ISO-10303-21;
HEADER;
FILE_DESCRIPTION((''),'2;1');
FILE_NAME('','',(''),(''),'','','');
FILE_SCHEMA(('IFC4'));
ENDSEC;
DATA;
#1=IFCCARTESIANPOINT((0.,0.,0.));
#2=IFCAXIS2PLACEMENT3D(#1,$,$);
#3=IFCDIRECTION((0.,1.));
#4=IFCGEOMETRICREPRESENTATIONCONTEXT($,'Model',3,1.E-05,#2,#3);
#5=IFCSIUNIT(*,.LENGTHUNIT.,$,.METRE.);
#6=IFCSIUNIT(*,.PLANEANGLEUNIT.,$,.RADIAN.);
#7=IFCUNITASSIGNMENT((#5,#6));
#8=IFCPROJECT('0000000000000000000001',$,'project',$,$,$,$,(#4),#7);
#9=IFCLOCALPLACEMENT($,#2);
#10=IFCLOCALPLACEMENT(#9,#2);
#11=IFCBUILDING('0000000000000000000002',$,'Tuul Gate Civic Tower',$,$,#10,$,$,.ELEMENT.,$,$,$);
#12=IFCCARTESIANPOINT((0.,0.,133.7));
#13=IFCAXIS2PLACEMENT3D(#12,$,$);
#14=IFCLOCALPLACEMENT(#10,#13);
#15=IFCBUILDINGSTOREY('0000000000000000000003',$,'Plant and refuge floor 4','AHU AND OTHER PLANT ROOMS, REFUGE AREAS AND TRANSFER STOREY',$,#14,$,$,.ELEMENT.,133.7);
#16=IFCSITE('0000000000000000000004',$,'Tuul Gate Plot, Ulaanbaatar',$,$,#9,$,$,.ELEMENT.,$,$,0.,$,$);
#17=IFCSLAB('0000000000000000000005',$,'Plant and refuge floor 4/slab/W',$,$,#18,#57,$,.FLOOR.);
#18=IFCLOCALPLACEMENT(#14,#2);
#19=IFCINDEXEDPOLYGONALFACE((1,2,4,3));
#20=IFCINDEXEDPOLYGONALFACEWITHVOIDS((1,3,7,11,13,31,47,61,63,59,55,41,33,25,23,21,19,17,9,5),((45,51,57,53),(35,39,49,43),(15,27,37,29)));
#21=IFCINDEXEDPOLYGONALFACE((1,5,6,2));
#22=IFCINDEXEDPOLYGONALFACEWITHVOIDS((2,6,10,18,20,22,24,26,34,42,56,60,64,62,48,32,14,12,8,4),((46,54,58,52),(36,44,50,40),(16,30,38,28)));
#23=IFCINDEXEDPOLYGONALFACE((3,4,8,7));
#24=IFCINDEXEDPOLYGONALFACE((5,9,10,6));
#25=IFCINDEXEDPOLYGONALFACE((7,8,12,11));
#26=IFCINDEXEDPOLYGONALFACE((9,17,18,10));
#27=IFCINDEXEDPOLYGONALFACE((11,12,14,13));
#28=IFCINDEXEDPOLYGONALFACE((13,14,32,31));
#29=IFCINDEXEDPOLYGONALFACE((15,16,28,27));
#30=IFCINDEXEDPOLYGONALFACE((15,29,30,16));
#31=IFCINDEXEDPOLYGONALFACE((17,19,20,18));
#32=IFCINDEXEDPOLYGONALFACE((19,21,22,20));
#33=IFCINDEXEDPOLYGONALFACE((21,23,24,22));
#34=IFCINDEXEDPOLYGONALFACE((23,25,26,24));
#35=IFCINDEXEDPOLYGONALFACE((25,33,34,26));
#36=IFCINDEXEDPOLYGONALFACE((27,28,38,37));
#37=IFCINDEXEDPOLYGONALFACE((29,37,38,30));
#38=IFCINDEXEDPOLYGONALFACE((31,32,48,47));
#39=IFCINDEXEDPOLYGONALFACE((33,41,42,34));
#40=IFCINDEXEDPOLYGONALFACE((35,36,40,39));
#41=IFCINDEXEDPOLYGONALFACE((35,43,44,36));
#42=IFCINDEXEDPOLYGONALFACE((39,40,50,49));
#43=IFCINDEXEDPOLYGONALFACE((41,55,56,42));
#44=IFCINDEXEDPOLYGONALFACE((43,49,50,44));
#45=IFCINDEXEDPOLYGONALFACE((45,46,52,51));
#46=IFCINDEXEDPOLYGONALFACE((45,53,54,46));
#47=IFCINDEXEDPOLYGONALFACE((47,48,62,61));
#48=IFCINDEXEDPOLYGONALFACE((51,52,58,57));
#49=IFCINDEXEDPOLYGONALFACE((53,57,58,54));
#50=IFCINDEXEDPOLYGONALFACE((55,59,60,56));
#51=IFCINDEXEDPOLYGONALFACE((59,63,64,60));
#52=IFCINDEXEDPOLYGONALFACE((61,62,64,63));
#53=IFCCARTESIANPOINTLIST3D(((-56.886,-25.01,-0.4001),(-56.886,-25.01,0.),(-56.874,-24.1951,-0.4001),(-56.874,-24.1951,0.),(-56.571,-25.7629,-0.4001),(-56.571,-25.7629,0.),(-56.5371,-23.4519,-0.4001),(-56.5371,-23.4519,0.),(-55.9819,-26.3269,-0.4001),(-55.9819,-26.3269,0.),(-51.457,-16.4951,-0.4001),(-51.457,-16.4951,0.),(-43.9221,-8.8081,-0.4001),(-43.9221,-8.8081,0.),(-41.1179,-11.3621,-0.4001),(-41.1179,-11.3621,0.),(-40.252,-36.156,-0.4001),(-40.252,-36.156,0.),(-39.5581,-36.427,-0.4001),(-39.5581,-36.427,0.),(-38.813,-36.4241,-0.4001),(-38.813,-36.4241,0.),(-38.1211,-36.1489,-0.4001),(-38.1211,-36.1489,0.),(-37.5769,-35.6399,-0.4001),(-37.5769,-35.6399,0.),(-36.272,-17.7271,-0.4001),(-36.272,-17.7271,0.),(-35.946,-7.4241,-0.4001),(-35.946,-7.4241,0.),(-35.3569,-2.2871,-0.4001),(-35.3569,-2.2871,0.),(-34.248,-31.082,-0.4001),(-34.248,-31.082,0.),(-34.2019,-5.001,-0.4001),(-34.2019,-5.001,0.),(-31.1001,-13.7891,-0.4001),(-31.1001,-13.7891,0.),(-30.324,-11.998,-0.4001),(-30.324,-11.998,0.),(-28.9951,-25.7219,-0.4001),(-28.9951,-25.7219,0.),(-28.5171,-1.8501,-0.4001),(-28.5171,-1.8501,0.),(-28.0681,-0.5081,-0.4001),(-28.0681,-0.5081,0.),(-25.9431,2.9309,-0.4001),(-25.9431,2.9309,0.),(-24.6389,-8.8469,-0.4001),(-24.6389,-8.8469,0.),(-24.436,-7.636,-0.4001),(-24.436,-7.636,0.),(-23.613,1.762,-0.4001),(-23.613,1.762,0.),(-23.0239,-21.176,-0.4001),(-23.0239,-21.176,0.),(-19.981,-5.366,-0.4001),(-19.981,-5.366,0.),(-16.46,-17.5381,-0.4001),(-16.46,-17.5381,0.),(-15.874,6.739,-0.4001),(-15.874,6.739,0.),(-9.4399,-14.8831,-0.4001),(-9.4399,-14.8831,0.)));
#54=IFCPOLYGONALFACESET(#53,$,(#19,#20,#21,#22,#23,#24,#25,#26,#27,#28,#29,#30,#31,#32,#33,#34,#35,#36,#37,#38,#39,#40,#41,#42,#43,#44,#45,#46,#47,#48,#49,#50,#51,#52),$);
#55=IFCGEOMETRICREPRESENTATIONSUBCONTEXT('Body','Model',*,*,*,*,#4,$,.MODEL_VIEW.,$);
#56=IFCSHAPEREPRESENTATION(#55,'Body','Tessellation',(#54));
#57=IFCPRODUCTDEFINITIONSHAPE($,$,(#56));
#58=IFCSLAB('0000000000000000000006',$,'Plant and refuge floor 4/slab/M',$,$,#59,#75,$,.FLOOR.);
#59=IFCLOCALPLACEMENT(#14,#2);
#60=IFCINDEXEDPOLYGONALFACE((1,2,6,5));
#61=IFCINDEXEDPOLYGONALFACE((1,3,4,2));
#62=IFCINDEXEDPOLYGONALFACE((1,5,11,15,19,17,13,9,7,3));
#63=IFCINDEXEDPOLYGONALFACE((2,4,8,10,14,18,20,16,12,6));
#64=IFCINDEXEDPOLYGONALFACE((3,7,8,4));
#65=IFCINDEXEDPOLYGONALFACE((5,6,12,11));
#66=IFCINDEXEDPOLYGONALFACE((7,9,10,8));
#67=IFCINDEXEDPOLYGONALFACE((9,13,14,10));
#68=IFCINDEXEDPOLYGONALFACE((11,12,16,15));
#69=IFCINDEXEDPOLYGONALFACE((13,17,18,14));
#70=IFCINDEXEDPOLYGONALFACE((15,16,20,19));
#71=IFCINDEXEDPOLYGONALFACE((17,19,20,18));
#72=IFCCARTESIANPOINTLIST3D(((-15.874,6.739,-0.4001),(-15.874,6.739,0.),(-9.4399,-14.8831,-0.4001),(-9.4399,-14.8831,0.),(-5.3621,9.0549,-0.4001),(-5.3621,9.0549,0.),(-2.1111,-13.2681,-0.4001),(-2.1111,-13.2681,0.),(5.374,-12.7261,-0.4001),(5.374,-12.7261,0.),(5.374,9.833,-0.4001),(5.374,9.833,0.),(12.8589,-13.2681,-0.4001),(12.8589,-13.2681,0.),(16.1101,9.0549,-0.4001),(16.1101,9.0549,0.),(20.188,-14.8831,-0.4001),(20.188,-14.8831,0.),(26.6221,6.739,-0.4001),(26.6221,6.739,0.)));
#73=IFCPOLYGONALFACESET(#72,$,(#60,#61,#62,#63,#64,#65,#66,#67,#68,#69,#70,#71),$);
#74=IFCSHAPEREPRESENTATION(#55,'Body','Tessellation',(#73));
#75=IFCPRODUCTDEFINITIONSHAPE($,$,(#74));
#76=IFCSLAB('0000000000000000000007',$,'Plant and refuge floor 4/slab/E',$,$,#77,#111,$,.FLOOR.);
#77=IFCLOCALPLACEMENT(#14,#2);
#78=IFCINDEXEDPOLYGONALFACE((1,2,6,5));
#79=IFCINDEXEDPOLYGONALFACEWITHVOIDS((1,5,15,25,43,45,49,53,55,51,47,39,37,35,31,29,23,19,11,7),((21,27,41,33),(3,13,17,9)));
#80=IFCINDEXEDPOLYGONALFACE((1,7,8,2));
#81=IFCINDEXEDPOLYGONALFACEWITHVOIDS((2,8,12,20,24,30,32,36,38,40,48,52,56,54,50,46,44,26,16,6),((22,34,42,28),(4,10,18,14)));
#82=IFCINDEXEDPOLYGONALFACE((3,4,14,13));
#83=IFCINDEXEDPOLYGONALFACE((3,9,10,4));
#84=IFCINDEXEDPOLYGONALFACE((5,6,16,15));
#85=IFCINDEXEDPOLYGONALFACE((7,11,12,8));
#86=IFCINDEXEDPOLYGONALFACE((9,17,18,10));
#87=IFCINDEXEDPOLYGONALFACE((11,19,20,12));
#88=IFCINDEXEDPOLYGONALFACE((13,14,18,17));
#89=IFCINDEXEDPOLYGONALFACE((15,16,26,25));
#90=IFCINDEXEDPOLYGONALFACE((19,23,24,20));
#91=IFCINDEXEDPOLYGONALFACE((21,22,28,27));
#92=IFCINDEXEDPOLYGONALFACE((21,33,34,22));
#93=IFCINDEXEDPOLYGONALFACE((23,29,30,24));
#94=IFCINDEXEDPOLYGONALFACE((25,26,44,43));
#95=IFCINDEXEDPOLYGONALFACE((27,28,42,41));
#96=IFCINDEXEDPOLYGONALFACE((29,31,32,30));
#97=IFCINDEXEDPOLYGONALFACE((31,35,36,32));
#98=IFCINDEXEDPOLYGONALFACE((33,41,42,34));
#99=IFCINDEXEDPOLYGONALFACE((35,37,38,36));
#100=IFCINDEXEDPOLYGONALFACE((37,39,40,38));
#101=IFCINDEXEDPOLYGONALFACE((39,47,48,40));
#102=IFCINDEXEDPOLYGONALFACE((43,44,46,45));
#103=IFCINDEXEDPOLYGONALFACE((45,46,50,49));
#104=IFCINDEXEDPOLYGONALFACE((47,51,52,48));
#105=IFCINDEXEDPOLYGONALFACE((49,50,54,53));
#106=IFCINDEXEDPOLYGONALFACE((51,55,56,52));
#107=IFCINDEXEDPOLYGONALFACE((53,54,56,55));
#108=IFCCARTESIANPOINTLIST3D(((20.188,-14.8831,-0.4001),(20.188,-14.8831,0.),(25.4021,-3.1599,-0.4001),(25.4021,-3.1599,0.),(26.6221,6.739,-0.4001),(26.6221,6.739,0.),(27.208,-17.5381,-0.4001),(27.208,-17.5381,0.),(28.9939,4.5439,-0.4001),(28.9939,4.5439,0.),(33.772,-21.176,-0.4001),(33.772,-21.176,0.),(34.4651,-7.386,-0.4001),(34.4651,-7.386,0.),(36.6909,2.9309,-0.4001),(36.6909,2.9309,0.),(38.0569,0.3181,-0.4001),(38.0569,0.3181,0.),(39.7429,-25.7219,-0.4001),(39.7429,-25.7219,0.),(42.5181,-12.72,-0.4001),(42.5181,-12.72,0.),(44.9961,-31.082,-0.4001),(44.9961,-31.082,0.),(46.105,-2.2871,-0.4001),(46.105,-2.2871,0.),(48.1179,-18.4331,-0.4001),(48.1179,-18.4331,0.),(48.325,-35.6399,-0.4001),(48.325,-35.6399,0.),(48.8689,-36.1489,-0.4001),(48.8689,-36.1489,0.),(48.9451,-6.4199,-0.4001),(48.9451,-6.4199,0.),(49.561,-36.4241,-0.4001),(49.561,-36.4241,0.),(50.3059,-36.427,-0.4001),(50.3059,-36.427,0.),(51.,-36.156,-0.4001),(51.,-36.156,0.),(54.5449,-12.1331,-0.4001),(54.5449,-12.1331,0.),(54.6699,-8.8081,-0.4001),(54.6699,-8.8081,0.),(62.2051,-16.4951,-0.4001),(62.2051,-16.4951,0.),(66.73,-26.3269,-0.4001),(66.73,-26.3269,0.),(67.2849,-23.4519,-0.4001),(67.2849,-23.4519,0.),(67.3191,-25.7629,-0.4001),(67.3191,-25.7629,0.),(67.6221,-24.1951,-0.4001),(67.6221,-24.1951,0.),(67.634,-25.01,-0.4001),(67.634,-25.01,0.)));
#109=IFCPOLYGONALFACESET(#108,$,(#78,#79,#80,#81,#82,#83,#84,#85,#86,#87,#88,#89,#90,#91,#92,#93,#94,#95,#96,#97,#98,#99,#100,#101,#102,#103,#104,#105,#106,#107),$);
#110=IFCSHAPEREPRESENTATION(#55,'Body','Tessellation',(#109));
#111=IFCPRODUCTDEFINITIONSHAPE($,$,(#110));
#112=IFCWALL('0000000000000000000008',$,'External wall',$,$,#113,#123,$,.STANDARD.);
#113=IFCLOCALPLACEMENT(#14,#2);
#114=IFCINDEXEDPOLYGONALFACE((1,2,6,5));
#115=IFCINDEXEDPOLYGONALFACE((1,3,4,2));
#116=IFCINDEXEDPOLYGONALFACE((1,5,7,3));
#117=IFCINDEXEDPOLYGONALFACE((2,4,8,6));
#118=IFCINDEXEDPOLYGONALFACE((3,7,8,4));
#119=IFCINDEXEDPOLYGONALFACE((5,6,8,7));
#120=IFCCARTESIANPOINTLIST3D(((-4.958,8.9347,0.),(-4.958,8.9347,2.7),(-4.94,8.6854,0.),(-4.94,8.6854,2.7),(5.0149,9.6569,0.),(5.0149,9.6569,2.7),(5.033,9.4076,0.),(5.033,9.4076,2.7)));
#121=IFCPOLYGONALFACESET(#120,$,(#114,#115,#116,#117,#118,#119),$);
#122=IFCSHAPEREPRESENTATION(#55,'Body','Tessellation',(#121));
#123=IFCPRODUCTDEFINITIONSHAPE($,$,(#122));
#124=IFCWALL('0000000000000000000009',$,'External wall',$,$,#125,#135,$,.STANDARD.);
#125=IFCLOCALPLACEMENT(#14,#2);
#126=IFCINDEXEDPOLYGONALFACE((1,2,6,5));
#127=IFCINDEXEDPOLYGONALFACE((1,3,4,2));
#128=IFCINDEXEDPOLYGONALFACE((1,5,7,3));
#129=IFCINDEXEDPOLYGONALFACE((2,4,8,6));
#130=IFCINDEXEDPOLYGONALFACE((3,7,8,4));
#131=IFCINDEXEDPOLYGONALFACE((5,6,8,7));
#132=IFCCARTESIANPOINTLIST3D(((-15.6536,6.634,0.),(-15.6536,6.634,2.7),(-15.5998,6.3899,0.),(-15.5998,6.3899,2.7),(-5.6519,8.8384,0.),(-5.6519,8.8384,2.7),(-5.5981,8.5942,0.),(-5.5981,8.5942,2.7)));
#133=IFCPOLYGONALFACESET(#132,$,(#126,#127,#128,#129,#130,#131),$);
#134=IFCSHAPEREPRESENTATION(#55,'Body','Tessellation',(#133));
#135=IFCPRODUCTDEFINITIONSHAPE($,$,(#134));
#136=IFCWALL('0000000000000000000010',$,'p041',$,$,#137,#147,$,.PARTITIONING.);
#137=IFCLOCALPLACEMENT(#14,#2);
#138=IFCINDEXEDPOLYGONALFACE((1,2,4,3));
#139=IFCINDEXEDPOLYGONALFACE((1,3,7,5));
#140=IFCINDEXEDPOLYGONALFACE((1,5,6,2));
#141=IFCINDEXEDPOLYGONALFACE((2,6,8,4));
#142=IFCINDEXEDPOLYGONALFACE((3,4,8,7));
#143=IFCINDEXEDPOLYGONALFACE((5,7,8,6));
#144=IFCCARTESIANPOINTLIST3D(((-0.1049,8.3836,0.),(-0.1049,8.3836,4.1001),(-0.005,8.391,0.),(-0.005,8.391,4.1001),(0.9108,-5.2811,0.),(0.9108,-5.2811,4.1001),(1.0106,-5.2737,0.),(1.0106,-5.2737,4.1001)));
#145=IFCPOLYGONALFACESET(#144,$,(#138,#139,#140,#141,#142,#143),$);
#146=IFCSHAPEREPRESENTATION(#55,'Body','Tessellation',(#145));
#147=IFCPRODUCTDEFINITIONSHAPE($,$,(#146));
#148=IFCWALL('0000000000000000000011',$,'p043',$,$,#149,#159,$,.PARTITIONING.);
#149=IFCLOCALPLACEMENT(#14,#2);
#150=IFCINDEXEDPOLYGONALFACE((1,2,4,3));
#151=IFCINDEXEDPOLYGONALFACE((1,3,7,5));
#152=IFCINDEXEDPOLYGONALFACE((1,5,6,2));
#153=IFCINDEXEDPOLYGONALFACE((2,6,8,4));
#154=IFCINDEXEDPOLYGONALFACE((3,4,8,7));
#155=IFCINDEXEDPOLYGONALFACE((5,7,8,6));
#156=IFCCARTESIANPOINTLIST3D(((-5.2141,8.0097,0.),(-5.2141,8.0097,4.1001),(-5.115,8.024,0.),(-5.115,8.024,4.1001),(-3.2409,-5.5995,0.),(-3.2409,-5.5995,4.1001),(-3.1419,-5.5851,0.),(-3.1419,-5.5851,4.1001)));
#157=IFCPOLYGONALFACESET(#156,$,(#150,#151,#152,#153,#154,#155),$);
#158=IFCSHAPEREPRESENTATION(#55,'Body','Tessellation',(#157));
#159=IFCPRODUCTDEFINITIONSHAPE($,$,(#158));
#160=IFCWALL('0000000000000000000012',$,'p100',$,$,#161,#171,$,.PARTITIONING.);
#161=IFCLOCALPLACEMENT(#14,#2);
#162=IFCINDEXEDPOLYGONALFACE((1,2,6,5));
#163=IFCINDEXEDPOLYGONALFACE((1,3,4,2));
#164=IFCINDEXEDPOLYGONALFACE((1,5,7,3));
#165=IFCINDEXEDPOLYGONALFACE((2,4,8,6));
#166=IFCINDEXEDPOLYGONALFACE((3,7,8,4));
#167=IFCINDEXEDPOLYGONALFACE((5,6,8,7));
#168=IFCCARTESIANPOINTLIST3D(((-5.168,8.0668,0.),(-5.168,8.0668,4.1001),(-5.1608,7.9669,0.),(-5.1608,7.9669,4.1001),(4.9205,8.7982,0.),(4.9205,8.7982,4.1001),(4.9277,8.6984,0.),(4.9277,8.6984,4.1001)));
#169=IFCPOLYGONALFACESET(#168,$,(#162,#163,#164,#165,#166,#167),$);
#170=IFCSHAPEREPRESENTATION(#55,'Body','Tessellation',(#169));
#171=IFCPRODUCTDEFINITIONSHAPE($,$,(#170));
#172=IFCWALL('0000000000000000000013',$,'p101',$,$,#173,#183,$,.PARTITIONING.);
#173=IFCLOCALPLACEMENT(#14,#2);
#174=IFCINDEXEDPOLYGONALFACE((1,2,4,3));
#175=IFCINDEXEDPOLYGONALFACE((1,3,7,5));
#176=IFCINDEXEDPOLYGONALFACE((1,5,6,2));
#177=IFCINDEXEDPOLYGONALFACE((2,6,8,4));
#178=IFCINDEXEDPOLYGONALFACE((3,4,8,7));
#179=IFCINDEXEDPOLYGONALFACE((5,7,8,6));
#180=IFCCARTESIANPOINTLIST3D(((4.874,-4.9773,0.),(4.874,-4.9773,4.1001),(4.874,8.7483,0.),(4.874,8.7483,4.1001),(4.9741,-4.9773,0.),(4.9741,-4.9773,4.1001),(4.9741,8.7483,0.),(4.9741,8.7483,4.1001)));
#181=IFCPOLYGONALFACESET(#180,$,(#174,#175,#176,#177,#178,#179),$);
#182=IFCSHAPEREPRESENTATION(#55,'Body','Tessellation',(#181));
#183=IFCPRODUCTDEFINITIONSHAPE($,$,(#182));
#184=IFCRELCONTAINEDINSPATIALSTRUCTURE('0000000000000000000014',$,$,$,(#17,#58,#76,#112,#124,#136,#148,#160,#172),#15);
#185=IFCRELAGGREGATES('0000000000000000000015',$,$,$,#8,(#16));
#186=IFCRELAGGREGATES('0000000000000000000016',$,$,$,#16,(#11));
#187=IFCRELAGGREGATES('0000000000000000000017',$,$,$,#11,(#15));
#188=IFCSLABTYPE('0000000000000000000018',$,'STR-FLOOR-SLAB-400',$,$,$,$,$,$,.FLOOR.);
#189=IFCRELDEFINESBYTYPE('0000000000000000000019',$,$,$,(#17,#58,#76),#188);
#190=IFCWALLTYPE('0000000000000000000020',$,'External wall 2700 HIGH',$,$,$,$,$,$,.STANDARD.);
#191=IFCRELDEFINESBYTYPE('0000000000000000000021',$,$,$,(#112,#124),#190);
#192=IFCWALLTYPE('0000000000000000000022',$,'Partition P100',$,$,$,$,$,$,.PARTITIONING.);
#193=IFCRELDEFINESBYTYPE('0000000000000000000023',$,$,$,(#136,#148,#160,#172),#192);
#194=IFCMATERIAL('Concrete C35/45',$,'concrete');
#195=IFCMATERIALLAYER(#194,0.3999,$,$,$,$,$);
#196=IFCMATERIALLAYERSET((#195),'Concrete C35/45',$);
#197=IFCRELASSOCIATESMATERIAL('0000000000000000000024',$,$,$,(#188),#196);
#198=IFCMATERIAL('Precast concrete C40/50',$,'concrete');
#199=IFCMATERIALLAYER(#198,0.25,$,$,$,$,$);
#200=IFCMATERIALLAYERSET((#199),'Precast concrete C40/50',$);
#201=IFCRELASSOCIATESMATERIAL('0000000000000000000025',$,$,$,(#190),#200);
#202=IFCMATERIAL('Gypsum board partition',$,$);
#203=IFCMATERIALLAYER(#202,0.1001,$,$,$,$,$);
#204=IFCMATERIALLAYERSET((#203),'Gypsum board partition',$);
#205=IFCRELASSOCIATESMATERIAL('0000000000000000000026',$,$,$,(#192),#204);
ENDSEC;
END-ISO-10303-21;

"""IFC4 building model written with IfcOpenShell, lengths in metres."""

from ifc_helpers import new_model, si_unit, direction, frame, frame_2d, origin, place, context, subcontext, project, spatial, polyline, rectangle, outline, extrude, material, layer, layer_set, type_object, element, save


model = new_model("IFC4")

# Units and contexts
model_context = context("Model", 3, precision=1e-05, world=origin(), true_north=direction((0.0, 1.0)))
body_context = subcontext(model_context, "Body", "Model", "MODEL_VIEW")
ifc_project = project(units=[si_unit("LENGTHUNIT", "METRE"), si_unit("PLANEANGLEUNIT", "RADIAN")], contexts=[model_context])

# Site, building, storey
site_placement = place(None, origin())
site = spatial("IfcSite", under=ifc_project, at=site_placement, Name="Tuul Gate Plot, Ulaanbaatar", CompositionType="ELEMENT", RefElevation=0.0)
building_placement = place(site_placement, origin())
building = spatial("IfcBuilding", under=site, at=building_placement, Name="Tuul Gate Civic Tower", CompositionType="ELEMENT")
storey_placement = place(building_placement, frame((0.0, 0.0, 133.7)))
storey = spatial("IfcBuildingStorey", under=building, at=storey_placement, Name="Plant and refuge floor 4", Description="AHU AND OTHER PLANT ROOMS, REFUGE AREAS AND TRANSFER STOREY", CompositionType="ELEMENT", Elevation=133.7)

# Slabs
ifc_material_1 = material(Name="Concrete C35/45", Category="concrete")
ifc_layer_1 = layer(ifc_material_1, 0.3999)
ifc_layer_set_1 = layer_set([ifc_layer_1], Name="Concrete C35/45")
slab_type = type_object("IfcSlabType", Name="STR-FLOOR-SLAB-400", PredefinedType="FLOOR", material=ifc_layer_set_1)
slab_1_placement = place(storey_placement, frame((0.0, 0.0, -0.4001)))
element("IfcSlab", 1, at=slab_1_placement, inside=storey, type_object=slab_type, Name="Plant and refuge floor 4/slab/W", PredefinedType="FLOOR", context=body_context, shape_type="SweptSolid", body=[
    extrude(outline(polyline([(-16.46, -17.5381), (-9.4399, -14.8831), (-15.874, 6.739), (-25.9431, 2.9309), (-35.3569, -2.2871), (-43.9221, -8.8081), (-51.457, -16.4951), (-56.5371, -23.4519), (-56.874, -24.1951), (-56.886, -25.01), (-56.571, -25.7629), (-55.9819, -26.3269), (-40.252, -36.156), (-39.5581, -36.427), (-38.813, -36.4241), (-38.1211, -36.1489), (-37.5769, -35.6399), (-34.248, -31.082), (-28.9951, -25.7219), (-23.0239, -21.176), (-16.46, -17.5381)]), holes=[polyline([(-31.1001, -13.7891), (-36.272, -17.7271), (-41.1179, -11.3621), (-35.946, -7.4241), (-31.1001, -13.7891)]), polyline([(-24.6389, -8.8469), (-30.324, -11.998), (-34.2019, -5.001), (-28.5171, -1.8501), (-24.6389, -8.8469)]), polyline([(-24.436, -7.636), (-28.0681, -0.5081), (-23.613, 1.762), (-19.981, -5.366), (-24.436, -7.636)])]), origin(), (0.0, 0.0, 1.0), 0.4001),
])
slab_2_placement = place(storey_placement, frame((0.0, 0.0, -0.4001)))
element("IfcSlab", 2, at=slab_2_placement, inside=storey, type_object=slab_type, Name="Plant and refuge floor 4/slab/M", PredefinedType="FLOOR", context=body_context, shape_type="SweptSolid", body=[
    extrude(outline(polyline([(20.188, -14.8831), (26.6221, 6.739), (16.1101, 9.0549), (5.374, 9.833), (-5.3621, 9.0549), (-15.874, 6.739), (-9.4399, -14.8831), (-2.1111, -13.2681), (5.374, -12.7261), (12.8589, -13.2681), (20.188, -14.8831)])), origin(), (0.0, 0.0, 1.0), 0.4001),
])
slab_3_placement = place(storey_placement, frame((0.0, 0.0, -0.4001)))
element("IfcSlab", 3, at=slab_3_placement, inside=storey, type_object=slab_type, Name="Plant and refuge floor 4/slab/E", PredefinedType="FLOOR", context=body_context, shape_type="SweptSolid", body=[
    extrude(outline(polyline([(50.3059, -36.427), (51.0, -36.156), (66.73, -26.3269), (67.3191, -25.7629), (67.634, -25.01), (67.6221, -24.1951), (67.2849, -23.4519), (62.2051, -16.4951), (54.6699, -8.8081), (46.105, -2.2871), (36.6909, 2.9309), (26.6221, 6.739), (20.188, -14.8831), (27.208, -17.5381), (33.772, -21.176), (39.7429, -25.7219), (44.9961, -31.082), (48.325, -35.6399), (48.8689, -36.1489), (49.561, -36.4241), (50.3059, -36.427)]), holes=[polyline([(48.1179, -18.4331), (42.5181, -12.72), (48.9451, -6.4199), (54.5449, -12.1331), (48.1179, -18.4331)]), polyline([(25.4021, -3.1599), (28.9939, 4.5439), (38.0569, 0.3181), (34.4651, -7.386), (25.4021, -3.1599)])]), origin(), (0.0, 0.0, 1.0), 0.4001),
])

# Walls
ifc_material_2 = material(Name="Precast concrete C40/50", Category="concrete")
ifc_layer_2 = layer(ifc_material_2, 0.25)
ifc_layer_set_2 = layer_set([ifc_layer_2], Name="Precast concrete C40/50")
wall_type_1 = type_object("IfcWallType", Name="External wall 2700 HIGH", PredefinedType="STANDARD", material=ifc_layer_set_2)
wall_1_placement = place(storey_placement, frame((5.0239, 9.5322, 0.0), z_axis=(0.0, 0.0, 1.0), x_axis=(-0.997388, -0.072224, 0.0)))
element("IfcWall", 4, at=wall_1_placement, inside=storey, type_object=wall_type_1, Name="External wall", PredefinedType="STANDARD", context=body_context, shape_type="SweptSolid", body=[
    extrude(rectangle(XDim=9.999, YDim=0.25, at=frame_2d((4.9995, 0.0))), origin(), (0.0, 0.0, 1.0), 2.7),
])
wall_2_placement = place(storey_placement, frame((-5.625, 8.7163, 0.0), z_axis=(0.0, 0.0, 1.0), x_axis=(-0.976563, -0.215231, 0.0)))
element("IfcWall", 5, at=wall_2_placement, inside=storey, type_object=wall_type_1, Name="External wall", PredefinedType="STANDARD", context=body_context, shape_type="SweptSolid", body=[
    extrude(rectangle(XDim=10.2417, YDim=0.25, at=frame_2d((5.1208, 0.0))), origin(), (0.0, 0.0, 1.0), 2.7),
])
ifc_material_3 = material(Name="Gypsum board partition")
ifc_layer_3 = layer(ifc_material_3, 0.1001)
ifc_layer_set_3 = layer_set([ifc_layer_3], Name="Gypsum board partition")
wall_type_2 = type_object("IfcWallType", Name="Partition P100", PredefinedType="PARTITIONING", material=ifc_layer_set_3)
wall_3_placement = place(storey_placement, frame((-0.0549, 8.3872, 0.0), z_axis=(0.0, 0.0, 1.0), x_axis=(0.07412, -0.997249, 0.0)))
element("IfcWall", 6, at=wall_3_placement, inside=storey, type_object=wall_type_2, Name="p041", PredefinedType="PARTITIONING", context=body_context, shape_type="SweptSolid", body=[
    extrude(rectangle(XDim=13.7024, YDim=0.1001, at=frame_2d((6.8511, 0.0))), origin(), (0.0, 0.0, 1.0), 4.1001),
])
wall_4_placement = place(storey_placement, frame((-5.1646, 8.0168, 0.0), z_axis=(0.0, 0.0, 1.0), x_axis=(0.143487, -0.989652, 0.0)))
element("IfcWall", 7, at=wall_4_placement, inside=storey, type_object=wall_type_2, Name="p043", PredefinedType="PARTITIONING", context=body_context, shape_type="SweptSolid", body=[
    extrude(rectangle(XDim=13.7515, YDim=0.1001, at=frame_2d((6.8757, 0.0))), origin(), (0.0, 0.0, 1.0), 4.1001),
])
wall_5_placement = place(storey_placement, frame((-5.1646, 8.0168, 0.0), z_axis=(0.0, 0.0, 1.0), x_axis=(0.997382, 0.072312, 0.0)))
element("IfcWall", 8, at=wall_5_placement, inside=storey, type_object=wall_type_2, Name="p100", PredefinedType="PARTITIONING", context=body_context, shape_type="SweptSolid", body=[
    extrude(rectangle(XDim=10.115, YDim=0.1001, at=frame_2d((5.0576, 0.0))), origin(), (0.0, 0.0, 1.0), 4.1001),
])
wall_6_placement = place(storey_placement, frame((4.9241, 8.7483, 0.0), z_axis=(0.0, 0.0, 1.0), x_axis=(0.0, -1.0, 0.0)))
element("IfcWall", 9, at=wall_6_placement, inside=storey, type_object=wall_type_2, Name="p101", PredefinedType="PARTITIONING", context=body_context, shape_type="SweptSolid", body=[
    extrude(rectangle(XDim=13.7256, YDim=0.1001, at=frame_2d((6.8628, 0.0))), origin(), (0.0, 0.0, 1.0), 4.1001),
])

save(model, "model.ifc")
